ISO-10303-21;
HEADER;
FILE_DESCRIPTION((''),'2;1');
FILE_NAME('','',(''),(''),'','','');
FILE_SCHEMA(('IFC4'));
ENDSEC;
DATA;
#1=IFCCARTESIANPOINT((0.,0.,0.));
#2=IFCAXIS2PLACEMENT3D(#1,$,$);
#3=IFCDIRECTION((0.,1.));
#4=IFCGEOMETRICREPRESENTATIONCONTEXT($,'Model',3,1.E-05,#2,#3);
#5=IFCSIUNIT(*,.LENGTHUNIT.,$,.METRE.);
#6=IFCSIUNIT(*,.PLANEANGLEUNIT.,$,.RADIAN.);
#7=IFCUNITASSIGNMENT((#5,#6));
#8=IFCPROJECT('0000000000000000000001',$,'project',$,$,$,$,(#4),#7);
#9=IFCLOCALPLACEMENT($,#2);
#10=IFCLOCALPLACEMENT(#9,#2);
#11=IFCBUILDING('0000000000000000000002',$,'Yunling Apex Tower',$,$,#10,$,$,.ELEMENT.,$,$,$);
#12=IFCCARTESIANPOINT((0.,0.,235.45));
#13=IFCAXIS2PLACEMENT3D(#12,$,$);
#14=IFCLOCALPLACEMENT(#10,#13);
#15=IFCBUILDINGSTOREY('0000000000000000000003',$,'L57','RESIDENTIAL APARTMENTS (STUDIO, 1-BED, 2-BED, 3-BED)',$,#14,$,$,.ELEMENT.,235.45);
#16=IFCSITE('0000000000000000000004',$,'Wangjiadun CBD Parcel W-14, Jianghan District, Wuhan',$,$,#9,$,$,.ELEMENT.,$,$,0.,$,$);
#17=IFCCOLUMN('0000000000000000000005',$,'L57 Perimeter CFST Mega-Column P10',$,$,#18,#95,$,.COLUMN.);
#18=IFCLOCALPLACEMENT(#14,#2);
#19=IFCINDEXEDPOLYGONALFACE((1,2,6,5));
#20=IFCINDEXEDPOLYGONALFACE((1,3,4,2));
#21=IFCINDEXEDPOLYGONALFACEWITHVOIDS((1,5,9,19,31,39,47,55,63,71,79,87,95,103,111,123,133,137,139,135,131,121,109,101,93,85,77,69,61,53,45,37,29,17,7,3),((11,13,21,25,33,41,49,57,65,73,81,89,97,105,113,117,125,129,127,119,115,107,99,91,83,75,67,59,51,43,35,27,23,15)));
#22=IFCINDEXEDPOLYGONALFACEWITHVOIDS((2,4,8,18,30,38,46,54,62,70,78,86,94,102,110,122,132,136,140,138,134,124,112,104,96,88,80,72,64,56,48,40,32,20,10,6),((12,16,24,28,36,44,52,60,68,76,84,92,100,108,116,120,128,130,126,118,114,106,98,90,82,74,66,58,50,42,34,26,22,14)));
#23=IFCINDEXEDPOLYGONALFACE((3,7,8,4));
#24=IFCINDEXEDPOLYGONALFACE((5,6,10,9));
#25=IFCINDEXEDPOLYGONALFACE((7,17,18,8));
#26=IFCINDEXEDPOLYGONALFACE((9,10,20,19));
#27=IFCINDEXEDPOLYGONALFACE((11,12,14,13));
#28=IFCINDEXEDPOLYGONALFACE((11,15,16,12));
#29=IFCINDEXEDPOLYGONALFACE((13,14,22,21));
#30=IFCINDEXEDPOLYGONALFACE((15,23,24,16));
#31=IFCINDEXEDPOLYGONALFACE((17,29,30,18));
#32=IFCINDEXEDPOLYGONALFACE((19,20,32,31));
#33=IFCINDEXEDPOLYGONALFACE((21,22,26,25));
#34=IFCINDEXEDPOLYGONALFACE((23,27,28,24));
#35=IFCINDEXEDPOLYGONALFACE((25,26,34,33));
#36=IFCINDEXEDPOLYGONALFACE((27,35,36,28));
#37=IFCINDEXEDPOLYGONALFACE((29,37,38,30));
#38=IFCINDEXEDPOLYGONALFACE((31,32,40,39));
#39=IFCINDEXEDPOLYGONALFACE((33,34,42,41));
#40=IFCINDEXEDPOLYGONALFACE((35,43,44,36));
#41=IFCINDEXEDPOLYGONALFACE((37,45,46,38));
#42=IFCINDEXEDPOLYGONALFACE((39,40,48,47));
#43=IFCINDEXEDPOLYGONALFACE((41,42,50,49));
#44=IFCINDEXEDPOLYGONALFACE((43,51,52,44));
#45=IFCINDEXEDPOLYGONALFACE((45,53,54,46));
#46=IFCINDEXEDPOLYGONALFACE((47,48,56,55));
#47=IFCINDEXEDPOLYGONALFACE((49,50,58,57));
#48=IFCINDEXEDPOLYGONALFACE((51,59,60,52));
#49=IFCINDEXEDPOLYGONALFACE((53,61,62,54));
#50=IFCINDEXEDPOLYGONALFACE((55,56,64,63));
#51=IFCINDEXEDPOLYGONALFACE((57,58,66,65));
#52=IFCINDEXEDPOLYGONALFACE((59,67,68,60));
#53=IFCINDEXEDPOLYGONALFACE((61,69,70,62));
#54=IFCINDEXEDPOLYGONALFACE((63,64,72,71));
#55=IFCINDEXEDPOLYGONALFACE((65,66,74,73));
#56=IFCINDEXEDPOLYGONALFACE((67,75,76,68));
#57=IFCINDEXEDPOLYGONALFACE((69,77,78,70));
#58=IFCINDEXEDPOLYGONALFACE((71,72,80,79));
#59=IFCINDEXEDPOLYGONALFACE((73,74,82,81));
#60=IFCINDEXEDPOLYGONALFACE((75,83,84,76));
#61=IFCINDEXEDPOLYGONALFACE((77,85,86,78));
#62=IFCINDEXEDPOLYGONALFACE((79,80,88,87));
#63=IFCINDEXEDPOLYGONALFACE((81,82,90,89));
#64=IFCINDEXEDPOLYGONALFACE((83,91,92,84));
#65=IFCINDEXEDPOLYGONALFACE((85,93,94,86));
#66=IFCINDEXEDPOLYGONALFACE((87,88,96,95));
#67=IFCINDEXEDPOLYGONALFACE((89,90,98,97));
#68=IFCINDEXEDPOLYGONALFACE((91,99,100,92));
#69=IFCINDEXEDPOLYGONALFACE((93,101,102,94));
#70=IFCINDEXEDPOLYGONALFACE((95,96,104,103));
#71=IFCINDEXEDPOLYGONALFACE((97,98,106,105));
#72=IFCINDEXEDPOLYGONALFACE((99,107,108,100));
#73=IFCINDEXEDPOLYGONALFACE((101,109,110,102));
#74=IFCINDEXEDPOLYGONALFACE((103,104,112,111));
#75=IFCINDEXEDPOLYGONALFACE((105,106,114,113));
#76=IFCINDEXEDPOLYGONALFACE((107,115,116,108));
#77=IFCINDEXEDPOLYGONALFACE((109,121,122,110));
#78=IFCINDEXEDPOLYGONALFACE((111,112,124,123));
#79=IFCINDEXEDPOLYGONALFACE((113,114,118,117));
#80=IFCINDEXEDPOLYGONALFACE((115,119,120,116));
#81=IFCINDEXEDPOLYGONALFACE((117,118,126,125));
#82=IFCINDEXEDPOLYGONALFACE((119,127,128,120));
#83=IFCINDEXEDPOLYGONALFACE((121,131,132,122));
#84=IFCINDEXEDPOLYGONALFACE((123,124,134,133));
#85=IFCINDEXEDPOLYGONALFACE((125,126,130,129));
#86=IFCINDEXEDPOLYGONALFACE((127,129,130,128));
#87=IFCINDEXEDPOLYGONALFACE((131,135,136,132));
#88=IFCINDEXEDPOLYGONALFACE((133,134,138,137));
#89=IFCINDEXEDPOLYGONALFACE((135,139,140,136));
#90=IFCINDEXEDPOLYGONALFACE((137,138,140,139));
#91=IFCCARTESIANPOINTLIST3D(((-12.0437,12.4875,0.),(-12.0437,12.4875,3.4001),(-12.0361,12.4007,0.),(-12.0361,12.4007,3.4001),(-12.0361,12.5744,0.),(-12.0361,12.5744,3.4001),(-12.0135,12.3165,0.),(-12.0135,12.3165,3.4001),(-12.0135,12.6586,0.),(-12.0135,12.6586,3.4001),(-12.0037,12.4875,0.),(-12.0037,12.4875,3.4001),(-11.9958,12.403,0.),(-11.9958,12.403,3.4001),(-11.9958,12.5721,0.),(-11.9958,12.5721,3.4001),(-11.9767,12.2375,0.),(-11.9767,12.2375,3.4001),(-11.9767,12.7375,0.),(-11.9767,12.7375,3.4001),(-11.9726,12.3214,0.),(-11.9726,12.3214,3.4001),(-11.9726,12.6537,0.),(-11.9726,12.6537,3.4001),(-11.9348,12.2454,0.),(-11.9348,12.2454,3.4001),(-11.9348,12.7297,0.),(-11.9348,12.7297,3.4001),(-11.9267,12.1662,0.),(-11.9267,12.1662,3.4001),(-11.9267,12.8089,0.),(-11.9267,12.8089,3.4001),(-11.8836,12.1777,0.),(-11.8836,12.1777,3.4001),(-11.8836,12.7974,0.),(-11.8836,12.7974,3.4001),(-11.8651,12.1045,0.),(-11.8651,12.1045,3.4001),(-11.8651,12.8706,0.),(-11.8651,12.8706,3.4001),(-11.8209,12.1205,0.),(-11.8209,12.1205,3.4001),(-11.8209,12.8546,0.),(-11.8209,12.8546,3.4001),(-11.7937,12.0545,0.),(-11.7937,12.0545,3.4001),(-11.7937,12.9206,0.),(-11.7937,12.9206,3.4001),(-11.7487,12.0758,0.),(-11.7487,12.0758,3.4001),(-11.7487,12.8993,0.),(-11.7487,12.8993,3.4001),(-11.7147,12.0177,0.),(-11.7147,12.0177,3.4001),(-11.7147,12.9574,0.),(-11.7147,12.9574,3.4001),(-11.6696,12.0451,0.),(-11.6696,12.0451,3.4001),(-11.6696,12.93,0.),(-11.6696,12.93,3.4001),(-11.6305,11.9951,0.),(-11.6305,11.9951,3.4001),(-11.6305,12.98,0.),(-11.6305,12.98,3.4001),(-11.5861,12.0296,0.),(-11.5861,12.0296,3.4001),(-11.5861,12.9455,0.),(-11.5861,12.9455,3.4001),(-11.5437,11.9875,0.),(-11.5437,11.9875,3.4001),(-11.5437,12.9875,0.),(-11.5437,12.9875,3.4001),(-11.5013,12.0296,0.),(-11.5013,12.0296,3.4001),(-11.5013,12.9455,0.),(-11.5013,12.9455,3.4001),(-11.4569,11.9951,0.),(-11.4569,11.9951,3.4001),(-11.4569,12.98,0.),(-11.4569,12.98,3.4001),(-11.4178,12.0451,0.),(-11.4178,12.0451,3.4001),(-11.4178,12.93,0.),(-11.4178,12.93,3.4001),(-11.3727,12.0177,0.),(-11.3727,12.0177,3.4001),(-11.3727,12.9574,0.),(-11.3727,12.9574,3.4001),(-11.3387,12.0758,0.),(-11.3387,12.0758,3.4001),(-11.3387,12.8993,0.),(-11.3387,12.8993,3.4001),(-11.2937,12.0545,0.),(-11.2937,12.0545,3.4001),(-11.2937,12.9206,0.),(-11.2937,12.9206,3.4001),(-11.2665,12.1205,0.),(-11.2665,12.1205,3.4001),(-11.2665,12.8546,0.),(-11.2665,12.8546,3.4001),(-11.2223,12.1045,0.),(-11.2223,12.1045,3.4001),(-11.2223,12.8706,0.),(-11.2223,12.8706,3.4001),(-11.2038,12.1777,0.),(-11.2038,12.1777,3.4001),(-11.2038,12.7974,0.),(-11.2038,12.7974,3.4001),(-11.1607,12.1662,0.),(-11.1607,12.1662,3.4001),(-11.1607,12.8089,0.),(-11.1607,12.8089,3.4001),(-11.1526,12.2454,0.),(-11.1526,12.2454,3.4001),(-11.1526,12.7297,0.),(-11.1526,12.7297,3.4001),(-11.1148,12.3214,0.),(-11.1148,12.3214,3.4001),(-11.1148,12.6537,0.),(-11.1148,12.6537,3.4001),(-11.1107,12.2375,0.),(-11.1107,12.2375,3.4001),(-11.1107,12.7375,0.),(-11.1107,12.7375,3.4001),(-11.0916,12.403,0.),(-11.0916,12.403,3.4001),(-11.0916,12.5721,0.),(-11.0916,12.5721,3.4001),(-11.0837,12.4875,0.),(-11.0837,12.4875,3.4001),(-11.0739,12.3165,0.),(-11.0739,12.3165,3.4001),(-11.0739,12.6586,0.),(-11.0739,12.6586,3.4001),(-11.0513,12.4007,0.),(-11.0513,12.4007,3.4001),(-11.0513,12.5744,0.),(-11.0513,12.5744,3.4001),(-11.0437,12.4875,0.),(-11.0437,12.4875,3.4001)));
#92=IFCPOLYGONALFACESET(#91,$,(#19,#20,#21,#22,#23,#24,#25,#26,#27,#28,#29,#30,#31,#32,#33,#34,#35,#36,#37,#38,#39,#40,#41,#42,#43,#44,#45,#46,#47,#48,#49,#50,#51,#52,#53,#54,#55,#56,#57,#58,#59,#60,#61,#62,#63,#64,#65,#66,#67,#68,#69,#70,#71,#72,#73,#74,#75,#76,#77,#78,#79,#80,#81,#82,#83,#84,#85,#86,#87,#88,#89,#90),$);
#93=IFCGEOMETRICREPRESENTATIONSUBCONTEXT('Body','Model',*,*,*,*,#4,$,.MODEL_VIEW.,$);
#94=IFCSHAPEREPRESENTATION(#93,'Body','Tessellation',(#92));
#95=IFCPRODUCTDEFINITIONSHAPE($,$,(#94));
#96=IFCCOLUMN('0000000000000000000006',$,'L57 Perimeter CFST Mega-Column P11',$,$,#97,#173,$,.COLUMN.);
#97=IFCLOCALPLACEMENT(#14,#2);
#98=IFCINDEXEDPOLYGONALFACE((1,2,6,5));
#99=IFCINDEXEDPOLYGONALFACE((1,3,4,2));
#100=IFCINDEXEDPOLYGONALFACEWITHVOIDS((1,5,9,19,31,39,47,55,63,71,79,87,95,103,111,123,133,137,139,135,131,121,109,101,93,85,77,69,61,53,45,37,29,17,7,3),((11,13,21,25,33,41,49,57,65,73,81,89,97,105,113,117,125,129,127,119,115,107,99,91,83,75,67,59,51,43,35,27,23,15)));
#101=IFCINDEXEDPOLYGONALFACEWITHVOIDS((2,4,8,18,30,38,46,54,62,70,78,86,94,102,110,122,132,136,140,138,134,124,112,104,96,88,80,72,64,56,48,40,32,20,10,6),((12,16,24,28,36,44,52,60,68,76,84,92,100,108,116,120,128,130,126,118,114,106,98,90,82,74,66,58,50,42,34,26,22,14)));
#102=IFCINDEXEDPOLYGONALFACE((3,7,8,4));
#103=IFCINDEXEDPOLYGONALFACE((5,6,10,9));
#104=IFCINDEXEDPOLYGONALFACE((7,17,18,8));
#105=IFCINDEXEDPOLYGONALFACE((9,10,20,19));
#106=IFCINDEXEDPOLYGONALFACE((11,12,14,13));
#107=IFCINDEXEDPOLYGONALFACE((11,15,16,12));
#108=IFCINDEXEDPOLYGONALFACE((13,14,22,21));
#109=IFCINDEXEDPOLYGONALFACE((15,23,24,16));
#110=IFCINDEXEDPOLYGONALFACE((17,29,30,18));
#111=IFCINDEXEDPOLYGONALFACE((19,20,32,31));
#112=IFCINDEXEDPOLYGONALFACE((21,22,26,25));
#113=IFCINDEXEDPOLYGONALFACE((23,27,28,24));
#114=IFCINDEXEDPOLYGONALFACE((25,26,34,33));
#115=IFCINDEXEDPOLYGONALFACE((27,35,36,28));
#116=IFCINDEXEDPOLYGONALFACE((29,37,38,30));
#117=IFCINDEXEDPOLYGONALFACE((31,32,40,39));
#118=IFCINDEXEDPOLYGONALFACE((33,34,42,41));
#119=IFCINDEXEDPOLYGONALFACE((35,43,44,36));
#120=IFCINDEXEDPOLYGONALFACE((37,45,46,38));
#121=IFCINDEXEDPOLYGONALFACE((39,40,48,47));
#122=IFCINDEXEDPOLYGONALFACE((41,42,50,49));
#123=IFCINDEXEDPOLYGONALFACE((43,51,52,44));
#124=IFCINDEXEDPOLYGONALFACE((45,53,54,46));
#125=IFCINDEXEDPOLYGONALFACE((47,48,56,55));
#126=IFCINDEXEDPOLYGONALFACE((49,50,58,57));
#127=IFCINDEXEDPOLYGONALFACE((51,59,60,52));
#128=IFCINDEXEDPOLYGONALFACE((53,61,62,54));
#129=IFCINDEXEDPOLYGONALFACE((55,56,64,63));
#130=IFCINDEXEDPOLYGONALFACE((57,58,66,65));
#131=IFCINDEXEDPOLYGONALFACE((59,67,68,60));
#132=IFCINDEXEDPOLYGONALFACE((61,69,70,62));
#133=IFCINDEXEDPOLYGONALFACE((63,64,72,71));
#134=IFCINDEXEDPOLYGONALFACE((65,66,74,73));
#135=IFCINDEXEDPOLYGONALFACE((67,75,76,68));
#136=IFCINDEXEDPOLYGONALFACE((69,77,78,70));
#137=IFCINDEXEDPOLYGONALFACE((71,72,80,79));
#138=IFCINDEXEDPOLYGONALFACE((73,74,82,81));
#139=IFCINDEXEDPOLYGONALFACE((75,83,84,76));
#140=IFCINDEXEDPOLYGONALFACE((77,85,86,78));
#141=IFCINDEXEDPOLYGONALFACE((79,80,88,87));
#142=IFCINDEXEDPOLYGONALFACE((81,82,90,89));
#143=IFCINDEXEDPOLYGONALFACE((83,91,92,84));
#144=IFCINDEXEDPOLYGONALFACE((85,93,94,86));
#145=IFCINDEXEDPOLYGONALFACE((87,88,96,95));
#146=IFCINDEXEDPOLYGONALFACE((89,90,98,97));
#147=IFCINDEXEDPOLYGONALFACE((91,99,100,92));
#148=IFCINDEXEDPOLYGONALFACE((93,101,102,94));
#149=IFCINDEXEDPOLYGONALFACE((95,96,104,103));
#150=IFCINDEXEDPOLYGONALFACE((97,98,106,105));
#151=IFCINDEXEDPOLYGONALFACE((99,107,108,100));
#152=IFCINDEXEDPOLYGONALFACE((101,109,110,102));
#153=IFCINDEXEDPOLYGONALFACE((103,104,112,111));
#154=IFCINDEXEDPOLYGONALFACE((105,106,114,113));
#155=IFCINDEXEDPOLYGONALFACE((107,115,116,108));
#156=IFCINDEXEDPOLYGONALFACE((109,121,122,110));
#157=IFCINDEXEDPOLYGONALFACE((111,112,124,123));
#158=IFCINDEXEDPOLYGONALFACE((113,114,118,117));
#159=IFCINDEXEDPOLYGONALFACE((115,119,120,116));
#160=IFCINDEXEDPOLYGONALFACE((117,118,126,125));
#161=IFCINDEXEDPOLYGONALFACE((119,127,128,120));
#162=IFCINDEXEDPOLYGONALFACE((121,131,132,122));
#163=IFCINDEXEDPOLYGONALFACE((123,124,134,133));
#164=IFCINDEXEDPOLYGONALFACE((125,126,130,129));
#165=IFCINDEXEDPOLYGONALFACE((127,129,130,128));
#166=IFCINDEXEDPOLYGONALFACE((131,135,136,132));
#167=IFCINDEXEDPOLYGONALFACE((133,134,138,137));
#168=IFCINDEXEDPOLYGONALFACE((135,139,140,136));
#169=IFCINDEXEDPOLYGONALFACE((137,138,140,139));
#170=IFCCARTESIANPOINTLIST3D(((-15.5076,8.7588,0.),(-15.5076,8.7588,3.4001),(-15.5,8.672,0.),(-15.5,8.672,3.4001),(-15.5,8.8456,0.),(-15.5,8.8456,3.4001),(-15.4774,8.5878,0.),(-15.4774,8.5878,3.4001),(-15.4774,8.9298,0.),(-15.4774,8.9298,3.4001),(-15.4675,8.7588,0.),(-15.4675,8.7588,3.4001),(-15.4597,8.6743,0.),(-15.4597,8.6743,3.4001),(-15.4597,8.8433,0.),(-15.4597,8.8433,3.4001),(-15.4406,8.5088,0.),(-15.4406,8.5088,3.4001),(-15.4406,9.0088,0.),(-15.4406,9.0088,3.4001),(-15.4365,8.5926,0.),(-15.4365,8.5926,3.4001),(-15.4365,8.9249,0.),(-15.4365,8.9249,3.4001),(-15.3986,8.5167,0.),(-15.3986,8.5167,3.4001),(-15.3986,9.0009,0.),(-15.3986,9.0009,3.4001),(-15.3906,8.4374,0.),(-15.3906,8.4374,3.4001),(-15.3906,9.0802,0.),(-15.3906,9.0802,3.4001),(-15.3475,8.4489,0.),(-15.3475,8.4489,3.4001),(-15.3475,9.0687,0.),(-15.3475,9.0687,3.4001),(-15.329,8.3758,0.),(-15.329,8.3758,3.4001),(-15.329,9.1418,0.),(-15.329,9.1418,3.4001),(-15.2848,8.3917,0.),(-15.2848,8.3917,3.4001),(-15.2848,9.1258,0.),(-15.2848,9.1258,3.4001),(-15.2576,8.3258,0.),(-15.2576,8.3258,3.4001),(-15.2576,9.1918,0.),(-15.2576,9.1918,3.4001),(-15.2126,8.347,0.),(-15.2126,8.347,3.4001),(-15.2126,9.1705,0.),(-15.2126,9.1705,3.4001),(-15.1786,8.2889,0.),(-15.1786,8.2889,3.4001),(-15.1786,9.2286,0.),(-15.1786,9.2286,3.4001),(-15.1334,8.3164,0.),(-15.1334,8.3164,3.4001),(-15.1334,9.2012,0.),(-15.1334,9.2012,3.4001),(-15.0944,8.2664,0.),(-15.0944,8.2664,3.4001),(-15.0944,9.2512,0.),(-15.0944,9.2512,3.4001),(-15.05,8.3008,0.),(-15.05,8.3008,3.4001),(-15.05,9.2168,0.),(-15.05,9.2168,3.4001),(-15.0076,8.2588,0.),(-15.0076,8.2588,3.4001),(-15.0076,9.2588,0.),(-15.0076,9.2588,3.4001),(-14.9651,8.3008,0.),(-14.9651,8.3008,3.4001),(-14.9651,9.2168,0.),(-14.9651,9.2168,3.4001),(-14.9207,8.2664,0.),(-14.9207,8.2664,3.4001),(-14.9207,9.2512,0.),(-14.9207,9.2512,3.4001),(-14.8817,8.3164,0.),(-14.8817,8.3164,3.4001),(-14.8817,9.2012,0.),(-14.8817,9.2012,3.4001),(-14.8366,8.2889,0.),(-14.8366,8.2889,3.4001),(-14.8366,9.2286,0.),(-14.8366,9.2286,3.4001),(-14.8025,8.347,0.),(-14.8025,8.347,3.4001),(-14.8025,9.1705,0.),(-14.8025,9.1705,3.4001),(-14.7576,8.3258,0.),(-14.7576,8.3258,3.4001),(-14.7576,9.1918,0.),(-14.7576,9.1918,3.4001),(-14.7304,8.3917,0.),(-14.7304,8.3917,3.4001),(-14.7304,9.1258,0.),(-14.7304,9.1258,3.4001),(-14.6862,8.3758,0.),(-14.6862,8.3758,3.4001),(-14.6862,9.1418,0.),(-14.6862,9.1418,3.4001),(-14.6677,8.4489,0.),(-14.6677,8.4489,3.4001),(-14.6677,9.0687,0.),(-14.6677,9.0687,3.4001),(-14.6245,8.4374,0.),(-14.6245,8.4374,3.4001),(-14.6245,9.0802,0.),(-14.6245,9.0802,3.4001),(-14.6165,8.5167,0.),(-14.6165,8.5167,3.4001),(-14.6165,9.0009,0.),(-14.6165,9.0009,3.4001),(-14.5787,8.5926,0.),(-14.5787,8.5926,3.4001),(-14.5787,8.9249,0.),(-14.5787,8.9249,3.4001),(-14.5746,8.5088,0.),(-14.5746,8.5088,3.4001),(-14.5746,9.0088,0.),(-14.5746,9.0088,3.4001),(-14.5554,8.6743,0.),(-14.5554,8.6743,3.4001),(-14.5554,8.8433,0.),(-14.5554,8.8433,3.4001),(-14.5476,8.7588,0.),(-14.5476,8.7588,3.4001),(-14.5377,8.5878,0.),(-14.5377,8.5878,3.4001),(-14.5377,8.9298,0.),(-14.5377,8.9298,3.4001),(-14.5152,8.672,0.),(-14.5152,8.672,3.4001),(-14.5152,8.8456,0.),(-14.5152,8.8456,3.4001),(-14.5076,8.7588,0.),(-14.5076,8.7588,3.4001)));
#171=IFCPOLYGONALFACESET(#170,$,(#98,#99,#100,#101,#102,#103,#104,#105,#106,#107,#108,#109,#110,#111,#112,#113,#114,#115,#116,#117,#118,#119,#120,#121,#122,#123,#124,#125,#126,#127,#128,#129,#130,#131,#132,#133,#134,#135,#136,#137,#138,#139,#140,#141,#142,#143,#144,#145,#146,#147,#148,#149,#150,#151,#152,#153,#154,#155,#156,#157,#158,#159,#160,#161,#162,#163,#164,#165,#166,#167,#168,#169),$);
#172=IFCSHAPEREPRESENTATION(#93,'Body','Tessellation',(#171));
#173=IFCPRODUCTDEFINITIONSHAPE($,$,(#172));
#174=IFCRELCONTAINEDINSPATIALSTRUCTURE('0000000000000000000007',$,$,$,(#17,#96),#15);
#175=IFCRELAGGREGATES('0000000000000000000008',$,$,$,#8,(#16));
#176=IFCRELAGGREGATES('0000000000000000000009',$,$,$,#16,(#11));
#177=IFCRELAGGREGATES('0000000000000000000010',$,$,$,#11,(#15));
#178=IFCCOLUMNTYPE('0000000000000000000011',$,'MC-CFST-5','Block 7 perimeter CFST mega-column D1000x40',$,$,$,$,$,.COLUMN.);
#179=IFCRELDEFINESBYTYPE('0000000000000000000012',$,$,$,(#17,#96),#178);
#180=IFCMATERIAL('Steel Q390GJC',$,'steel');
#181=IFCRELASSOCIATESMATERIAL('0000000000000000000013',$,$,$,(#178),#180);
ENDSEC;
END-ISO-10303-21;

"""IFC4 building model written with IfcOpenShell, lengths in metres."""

from ifc_helpers import new_model, si_unit, direction, frame, origin, origin_2d, place, context, subcontext, project, spatial, hollow_circle, extrude, source, transform, mapped, material, material_profile, profile_set, type_object, element, save


model = new_model("IFC4")

# Units and contexts
model_context = context("Model", 3, precision=1e-05, world=origin(), true_north=direction((0.0, 1.0)))
body_context = subcontext(model_context, "Body", "Model", "MODEL_VIEW")
ifc_project = project(units=[si_unit("LENGTHUNIT", "METRE"), si_unit("PLANEANGLEUNIT", "RADIAN")], contexts=[model_context])

# Site, building, storey
site_placement = place(None, origin())
site = spatial("IfcSite", under=ifc_project, at=site_placement, Name="Wangjiadun CBD Parcel W-14, Jianghan District, Wuhan", CompositionType="ELEMENT", RefElevation=0.0)
building_placement = place(site_placement, origin())
building = spatial("IfcBuilding", under=site, at=building_placement, Name="Yunling Apex Tower", CompositionType="ELEMENT")
storey_placement = place(building_placement, frame((0.0, 0.0, 235.45)))
storey = spatial("IfcBuildingStorey", under=building, at=storey_placement, Name="L57", Description="RESIDENTIAL APARTMENTS (STUDIO, 1-BED, 2-BED, 3-BED)", CompositionType="ELEMENT", Elevation=235.45)

# Columns
ifc_material_1 = material(Name="Steel Q390GJC", Category="steel")
ifc_material_profile_1 = material_profile(ifc_material_1, hollow_circle(Radius=0.5, WallThickness=0.04, at=origin_2d()))
ifc_profile_set_1 = profile_set([ifc_material_profile_1], Name="Steel Q390GJC")
column_type = type_object("IfcColumnType", Name="MC-CFST-5", Description="Block 7 perimeter CFST mega-column D1000x40", PredefinedType="COLUMN", material=ifc_profile_set_1)
shared_shape_1 = source(origin(), body_context, "Body", "SweptSolid", [
    extrude(hollow_circle(Radius=0.5, WallThickness=0.04, at=origin_2d()), origin(), (0.0, 0.0, 1.0), 3.4001),
])
for number, where, z_axis, x_axis, name in (
    (1, (-11.5437, 12.4875, 0.0), (0.0, 0.0, 1.0), (1.0, 0.0, 0.0), "L57 Perimeter CFST Mega-Column P10"),
    (2, (-15.0076, 8.7588, 0.0), (0.0, 0.0, 1.0), (1.0, 0.0, 0.0), "L57 Perimeter CFST Mega-Column P11"),
):
    element("IfcColumn", number, at=place(storey_placement, frame(where, z_axis=z_axis, x_axis=x_axis)), inside=storey, type_object=column_type, Name=name, PredefinedType="COLUMN", context=body_context, shape_type="MappedRepresentation", body=[
        mapped(shared_shape_1, transform((0.0, 0.0, 0.0), scale=1.0)),
    ])

save(model, "model.ifc")
